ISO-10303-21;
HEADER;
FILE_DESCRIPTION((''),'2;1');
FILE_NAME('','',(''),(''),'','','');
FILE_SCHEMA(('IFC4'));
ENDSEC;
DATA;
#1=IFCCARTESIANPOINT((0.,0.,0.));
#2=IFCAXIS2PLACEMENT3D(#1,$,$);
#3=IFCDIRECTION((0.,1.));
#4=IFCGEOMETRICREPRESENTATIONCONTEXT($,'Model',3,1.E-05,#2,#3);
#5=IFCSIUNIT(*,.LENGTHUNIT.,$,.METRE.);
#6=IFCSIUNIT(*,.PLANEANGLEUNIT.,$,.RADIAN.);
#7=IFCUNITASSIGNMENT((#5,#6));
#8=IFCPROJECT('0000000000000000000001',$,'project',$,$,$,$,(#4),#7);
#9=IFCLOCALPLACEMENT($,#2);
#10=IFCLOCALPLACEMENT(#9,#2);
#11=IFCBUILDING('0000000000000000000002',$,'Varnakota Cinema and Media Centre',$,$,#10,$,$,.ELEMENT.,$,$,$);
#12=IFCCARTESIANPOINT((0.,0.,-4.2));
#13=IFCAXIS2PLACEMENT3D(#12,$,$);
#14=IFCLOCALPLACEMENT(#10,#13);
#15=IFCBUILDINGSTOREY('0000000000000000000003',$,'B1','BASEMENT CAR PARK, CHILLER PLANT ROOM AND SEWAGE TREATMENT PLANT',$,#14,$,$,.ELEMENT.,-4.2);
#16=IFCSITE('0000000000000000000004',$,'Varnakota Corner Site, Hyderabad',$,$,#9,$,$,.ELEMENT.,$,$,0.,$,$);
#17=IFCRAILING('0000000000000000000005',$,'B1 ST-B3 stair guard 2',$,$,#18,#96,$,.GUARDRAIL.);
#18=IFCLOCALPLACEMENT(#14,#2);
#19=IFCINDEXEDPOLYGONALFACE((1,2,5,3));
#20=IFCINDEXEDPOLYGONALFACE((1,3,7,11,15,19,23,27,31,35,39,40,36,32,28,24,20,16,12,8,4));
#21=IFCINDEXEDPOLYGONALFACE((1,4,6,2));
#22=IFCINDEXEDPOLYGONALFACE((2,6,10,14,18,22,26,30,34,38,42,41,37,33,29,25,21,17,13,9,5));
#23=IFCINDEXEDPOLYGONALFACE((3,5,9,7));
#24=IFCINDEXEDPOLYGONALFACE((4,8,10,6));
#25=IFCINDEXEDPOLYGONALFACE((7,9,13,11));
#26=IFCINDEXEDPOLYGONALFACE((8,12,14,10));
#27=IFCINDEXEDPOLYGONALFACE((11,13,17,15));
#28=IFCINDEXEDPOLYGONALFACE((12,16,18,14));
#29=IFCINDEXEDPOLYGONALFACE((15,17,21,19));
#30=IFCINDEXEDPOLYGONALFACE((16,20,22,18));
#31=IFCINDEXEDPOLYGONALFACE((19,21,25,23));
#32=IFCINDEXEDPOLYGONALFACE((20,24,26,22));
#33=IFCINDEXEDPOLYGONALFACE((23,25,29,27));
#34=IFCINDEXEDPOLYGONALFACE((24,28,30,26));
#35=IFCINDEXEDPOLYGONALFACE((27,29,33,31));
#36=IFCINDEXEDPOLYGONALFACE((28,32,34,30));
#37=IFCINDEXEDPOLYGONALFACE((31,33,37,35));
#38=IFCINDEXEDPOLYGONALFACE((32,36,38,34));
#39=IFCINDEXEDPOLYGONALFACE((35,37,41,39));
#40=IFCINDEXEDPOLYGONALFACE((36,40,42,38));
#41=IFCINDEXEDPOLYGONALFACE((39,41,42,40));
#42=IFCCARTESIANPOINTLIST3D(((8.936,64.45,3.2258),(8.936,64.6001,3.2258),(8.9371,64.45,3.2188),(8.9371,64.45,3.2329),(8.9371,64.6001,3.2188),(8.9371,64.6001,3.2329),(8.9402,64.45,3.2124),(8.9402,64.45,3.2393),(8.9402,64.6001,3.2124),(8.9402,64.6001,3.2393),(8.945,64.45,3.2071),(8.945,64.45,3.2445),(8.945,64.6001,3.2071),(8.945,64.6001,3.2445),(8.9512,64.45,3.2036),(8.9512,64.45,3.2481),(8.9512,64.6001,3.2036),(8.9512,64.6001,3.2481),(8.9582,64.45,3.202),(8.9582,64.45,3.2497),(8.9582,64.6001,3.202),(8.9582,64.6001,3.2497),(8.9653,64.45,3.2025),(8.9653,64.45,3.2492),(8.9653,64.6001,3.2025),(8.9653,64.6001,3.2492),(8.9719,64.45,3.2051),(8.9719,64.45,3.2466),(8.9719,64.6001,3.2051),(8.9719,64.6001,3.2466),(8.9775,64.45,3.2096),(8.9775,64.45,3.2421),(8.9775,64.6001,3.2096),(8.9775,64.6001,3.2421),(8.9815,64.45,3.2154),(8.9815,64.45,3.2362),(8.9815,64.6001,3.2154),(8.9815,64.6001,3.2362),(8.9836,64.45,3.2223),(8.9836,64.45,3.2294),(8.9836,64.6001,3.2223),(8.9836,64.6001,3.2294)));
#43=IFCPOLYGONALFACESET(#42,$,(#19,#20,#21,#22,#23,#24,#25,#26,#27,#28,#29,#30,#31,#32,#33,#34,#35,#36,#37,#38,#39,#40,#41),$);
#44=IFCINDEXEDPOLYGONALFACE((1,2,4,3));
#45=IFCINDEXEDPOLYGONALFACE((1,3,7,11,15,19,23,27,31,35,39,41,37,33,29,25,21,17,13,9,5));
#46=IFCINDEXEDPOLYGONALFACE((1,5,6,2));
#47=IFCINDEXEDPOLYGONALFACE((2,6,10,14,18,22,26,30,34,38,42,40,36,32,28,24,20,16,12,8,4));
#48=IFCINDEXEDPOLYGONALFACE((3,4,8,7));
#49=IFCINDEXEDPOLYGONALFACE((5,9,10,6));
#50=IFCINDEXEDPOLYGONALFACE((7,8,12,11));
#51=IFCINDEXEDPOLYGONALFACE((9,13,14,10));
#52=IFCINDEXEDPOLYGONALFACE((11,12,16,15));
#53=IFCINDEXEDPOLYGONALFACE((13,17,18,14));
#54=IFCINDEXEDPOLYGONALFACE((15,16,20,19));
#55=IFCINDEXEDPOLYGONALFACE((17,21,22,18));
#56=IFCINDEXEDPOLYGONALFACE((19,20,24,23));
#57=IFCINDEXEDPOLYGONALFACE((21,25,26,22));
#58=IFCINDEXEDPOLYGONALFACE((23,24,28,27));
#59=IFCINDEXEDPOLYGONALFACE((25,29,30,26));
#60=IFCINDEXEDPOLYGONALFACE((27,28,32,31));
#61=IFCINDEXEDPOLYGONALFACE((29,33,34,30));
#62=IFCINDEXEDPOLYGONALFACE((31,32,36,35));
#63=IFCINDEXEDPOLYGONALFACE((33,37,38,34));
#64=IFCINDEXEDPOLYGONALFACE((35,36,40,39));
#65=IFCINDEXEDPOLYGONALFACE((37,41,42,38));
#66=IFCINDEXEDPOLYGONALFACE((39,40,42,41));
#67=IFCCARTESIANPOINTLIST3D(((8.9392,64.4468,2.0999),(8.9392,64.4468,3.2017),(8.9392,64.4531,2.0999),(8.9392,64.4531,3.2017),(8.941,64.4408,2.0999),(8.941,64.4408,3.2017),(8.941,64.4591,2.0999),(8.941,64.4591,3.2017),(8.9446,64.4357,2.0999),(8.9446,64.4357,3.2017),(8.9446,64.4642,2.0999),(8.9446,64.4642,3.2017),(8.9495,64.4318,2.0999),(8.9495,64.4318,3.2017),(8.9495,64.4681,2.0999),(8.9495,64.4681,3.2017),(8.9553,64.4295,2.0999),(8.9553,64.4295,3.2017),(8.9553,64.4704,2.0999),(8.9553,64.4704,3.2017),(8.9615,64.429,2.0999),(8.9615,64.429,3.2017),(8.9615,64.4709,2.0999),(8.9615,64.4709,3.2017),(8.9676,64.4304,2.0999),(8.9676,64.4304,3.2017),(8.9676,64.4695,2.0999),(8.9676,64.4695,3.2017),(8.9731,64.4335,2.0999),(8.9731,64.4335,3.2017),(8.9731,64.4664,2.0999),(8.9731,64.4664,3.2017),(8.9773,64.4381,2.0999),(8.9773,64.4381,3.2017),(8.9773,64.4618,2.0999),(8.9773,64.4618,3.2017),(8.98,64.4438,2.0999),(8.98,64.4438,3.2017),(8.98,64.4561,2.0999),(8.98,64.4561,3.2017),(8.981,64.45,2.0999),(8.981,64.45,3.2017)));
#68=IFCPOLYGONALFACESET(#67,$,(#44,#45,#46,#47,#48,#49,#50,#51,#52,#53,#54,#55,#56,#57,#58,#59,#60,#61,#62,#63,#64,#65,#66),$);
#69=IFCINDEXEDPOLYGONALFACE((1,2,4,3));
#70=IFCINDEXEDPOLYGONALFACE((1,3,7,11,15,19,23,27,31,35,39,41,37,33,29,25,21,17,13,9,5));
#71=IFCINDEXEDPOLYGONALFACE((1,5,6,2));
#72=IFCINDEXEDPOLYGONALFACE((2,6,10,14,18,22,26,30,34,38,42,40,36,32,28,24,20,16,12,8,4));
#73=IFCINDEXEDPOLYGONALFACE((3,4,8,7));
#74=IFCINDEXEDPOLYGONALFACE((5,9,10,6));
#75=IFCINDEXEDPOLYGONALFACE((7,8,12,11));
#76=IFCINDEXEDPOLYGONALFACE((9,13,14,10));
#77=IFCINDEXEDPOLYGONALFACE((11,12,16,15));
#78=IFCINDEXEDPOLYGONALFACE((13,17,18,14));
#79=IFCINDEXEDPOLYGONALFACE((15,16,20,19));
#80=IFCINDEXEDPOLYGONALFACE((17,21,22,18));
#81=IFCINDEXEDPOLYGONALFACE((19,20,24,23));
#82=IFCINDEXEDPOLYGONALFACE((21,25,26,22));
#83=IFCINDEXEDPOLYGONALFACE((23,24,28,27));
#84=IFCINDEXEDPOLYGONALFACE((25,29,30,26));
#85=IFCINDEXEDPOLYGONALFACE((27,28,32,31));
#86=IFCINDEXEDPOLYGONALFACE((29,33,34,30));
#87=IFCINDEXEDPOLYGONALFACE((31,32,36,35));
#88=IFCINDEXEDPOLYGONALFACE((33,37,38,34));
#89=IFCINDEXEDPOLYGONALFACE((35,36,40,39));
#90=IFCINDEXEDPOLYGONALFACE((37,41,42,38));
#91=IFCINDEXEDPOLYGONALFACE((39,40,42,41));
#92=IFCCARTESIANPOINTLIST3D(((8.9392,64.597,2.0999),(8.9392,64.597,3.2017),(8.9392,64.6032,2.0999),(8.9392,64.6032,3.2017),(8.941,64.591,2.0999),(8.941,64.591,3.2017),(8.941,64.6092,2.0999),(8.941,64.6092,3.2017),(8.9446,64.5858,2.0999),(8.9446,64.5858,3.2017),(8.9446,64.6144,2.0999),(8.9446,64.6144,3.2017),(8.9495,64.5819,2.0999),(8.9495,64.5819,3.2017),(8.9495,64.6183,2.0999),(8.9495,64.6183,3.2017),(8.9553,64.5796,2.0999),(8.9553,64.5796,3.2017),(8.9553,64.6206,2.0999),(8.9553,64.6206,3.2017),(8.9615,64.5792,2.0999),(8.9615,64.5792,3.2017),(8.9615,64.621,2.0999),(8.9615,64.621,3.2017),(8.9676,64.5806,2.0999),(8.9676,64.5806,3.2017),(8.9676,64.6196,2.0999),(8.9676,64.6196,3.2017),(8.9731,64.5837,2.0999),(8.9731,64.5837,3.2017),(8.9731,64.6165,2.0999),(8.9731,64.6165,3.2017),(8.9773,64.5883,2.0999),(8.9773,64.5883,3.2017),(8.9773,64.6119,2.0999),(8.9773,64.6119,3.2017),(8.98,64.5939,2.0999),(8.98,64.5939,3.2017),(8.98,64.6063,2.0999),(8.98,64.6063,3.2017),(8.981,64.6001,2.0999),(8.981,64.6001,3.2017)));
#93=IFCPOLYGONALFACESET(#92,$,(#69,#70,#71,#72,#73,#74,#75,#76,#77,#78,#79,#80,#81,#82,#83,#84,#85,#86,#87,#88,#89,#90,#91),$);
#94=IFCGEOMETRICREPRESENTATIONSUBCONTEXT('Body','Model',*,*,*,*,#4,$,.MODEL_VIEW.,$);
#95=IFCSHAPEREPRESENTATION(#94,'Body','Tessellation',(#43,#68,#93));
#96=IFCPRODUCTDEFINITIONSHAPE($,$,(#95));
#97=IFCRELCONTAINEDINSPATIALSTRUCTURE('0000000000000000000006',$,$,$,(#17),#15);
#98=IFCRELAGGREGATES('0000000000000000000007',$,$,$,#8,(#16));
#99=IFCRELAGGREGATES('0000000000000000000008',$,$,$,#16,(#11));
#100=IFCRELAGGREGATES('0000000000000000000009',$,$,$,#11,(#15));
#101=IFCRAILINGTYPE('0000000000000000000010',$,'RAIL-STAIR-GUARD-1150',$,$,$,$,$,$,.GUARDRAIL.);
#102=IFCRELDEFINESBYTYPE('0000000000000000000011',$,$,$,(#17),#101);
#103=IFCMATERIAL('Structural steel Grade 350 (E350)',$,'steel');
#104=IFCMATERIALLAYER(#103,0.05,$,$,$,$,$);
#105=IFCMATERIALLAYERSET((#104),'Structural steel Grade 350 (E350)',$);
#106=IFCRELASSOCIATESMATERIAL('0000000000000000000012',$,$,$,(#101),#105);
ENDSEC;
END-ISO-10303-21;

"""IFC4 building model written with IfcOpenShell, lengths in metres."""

from ifc_helpers import new_model, si_unit, direction, frame, origin, origin_2d, place, context, subcontext, project, spatial, circle, extrude, material, layer, layer_set, type_object, element, save


model = new_model("IFC4")

# Units and contexts
model_context = context("Model", 3, precision=1e-05, world=origin(), true_north=direction((0.0, 1.0)))
body_context = subcontext(model_context, "Body", "Model", "MODEL_VIEW")
ifc_project = project(units=[si_unit("LENGTHUNIT", "METRE"), si_unit("PLANEANGLEUNIT", "RADIAN")], contexts=[model_context])

# Site, building, storey
site_placement = place(None, origin())
site = spatial("IfcSite", under=ifc_project, at=site_placement, Name="Varnakota Corner Site, Hyderabad", CompositionType="ELEMENT", RefElevation=0.0)
building_placement = place(site_placement, origin())
building = spatial("IfcBuilding", under=site, at=building_placement, Name="Varnakota Cinema and Media Centre", CompositionType="ELEMENT")
storey_placement = place(building_placement, frame((0.0, 0.0, -4.2)))
storey = spatial("IfcBuildingStorey", under=building, at=storey_placement, Name="B1", Description="BASEMENT CAR PARK, CHILLER PLANT ROOM AND SEWAGE TREATMENT PLANT", CompositionType="ELEMENT", Elevation=-4.2)

# Railing
ifc_material_1 = material(Name="Structural steel Grade 350 (E350)", Category="steel")
ifc_layer_1 = layer(ifc_material_1, 0.05)
ifc_layer_set_1 = layer_set([ifc_layer_1], Name="Structural steel Grade 350 (E350)")
railing_type_1 = type_object("IfcRailingType", Name="RAIL-STAIR-GUARD-1150", PredefinedType="GUARDRAIL", material=ifc_layer_set_1)
railing_1_placement = place(storey_placement, frame((8.96, 64.45, 2.0999)))
element("IfcRailing", 1, at=railing_1_placement, inside=storey, type_object=railing_type_1, Name="B1 ST-B3 stair guard 2", PredefinedType="GUARDRAIL", context=body_context, shape_type="SweptSolid", body=[
    extrude(circle(Radius=0.0239, at=origin_2d()), frame((0.0, 0.0, 1.126), z_axis=(0.0, 1.0, 0.0), x_axis=(-1.0, 0.0, 0.0)), (0.0, 0.0, 1.0), 0.1501),
    extrude(circle(Radius=0.021, at=origin_2d()), origin(), (0.0, 0.0, 1.0), 1.1018),
    extrude(circle(Radius=0.021, at=origin_2d()), frame((0.0, 0.1501, 0.0)), (0.0, 0.0, 1.0), 1.1018),
])

save(model, "model.ifc")
